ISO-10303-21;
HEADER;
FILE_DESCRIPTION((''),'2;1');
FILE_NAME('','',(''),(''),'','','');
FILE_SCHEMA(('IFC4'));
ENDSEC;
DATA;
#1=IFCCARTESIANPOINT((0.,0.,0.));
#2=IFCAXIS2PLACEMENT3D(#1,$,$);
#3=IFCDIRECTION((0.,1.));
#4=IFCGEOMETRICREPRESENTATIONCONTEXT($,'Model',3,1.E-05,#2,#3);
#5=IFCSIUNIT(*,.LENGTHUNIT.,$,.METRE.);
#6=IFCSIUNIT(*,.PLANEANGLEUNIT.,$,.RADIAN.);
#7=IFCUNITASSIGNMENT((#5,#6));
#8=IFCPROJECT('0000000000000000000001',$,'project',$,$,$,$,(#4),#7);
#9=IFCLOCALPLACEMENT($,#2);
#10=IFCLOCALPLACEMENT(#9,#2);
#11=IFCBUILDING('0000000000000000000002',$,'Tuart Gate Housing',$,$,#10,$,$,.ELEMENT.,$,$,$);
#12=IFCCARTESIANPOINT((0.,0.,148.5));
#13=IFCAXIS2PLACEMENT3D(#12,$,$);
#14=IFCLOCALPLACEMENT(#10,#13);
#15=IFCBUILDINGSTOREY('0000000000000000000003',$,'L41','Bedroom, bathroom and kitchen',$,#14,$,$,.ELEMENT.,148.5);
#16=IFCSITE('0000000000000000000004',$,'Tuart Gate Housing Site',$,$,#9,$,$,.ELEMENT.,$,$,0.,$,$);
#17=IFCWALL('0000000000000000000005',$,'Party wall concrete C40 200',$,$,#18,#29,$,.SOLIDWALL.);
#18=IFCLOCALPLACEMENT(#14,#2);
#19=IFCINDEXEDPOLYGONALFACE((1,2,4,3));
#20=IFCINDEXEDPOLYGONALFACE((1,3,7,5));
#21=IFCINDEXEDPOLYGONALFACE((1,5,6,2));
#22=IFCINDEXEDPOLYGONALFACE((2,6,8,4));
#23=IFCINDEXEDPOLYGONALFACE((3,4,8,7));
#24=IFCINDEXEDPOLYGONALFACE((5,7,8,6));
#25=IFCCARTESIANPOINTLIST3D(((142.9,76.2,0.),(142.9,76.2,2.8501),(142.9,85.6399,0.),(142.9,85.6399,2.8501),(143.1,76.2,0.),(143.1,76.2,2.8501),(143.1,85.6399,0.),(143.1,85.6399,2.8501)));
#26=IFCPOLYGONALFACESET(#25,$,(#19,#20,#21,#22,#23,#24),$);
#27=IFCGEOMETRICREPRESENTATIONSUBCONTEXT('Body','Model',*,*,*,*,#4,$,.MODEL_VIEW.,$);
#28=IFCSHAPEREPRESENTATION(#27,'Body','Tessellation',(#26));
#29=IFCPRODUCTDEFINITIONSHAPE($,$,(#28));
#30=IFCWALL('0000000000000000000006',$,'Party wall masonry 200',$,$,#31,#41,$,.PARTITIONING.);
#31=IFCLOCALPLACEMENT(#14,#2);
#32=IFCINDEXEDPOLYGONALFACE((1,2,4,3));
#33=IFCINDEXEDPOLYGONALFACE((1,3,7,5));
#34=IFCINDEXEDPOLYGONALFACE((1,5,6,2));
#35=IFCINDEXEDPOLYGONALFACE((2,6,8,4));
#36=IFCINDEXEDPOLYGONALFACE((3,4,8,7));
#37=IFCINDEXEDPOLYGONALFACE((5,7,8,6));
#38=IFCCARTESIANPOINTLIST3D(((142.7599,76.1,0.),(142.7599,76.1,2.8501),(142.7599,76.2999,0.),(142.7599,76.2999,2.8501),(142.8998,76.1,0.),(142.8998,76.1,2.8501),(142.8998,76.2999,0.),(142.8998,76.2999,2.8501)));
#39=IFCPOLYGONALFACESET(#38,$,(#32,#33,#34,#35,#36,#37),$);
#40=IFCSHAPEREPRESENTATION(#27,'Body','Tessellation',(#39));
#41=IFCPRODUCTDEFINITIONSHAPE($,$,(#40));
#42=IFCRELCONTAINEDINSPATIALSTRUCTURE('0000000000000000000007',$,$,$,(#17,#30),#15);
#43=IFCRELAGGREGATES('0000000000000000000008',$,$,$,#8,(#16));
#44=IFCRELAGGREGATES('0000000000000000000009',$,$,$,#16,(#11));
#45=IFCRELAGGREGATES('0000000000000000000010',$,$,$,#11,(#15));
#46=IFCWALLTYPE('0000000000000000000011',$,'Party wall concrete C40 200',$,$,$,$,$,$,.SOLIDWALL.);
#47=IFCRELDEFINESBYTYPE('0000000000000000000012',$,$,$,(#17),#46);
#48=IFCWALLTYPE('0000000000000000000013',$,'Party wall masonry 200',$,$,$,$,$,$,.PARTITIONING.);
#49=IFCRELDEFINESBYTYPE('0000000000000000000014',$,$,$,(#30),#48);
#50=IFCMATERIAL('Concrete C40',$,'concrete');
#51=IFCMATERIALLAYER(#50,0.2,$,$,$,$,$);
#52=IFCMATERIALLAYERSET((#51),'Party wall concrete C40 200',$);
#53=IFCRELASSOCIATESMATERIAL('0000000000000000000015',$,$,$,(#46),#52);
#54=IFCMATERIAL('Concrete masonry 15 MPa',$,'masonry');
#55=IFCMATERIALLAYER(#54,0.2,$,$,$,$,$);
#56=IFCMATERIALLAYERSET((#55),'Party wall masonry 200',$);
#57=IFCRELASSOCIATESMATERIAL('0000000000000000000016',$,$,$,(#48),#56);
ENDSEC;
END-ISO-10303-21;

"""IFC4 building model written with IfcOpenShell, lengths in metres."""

from ifc_helpers import new_model, si_unit, direction, frame, frame_2d, origin, place, context, subcontext, project, spatial, rectangle, extrude, material, layer, layer_set, type_object, element, save


model = new_model("IFC4")

# Units and contexts
model_context = context("Model", 3, precision=1e-05, world=origin(), true_north=direction((0.0, 1.0)))
body_context = subcontext(model_context, "Body", "Model", "MODEL_VIEW")
ifc_project = project(units=[si_unit("LENGTHUNIT", "METRE"), si_unit("PLANEANGLEUNIT", "RADIAN")], contexts=[model_context])

# Site, building, storey
site_placement = place(None, origin())
site = spatial("IfcSite", under=ifc_project, at=site_placement, Name="Tuart Gate Housing Site", CompositionType="ELEMENT", RefElevation=0.0)
building_placement = place(site_placement, origin())
building = spatial("IfcBuilding", under=site, at=building_placement, Name="Tuart Gate Housing", CompositionType="ELEMENT")
storey_placement = place(building_placement, frame((0.0, 0.0, 148.5)))
storey = spatial("IfcBuildingStorey", under=building, at=storey_placement, Name="L41", Description="Bedroom, bathroom and kitchen", CompositionType="ELEMENT", Elevation=148.5)

# Walls
ifc_material_1 = material(Name="Concrete C40", Category="concrete")
ifc_layer_1 = layer(ifc_material_1, 0.2)
ifc_layer_set_1 = layer_set([ifc_layer_1], Name="Party wall concrete C40 200")
wall_type_1 = type_object("IfcWallType", Name="Party wall concrete C40 200", PredefinedType="SOLIDWALL", material=ifc_layer_set_1)
wall_1_placement = place(storey_placement, frame((143.0, 76.2, 0.0), z_axis=(0.0, 0.0, 1.0), x_axis=(0.0, 1.0, 0.0)))
element("IfcWall", 1, at=wall_1_placement, inside=storey, type_object=wall_type_1, Name="Party wall concrete C40 200", PredefinedType="SOLIDWALL", context=body_context, shape_type="SweptSolid", body=[
    extrude(rectangle(XDim=9.4399, YDim=0.2, at=frame_2d((4.72, 0.0))), origin(), (0.0, 0.0, 1.0), 2.8501),
])
ifc_material_2 = material(Name="Concrete masonry 15 MPa", Category="masonry")
ifc_layer_2 = layer(ifc_material_2, 0.2)
ifc_layer_set_2 = layer_set([ifc_layer_2], Name="Party wall masonry 200")
wall_type_2 = type_object("IfcWallType", Name="Party wall masonry 200", PredefinedType="PARTITIONING", material=ifc_layer_set_2)
wall_2_placement = place(storey_placement, frame((142.76, 76.2, 0.0), z_axis=(0.0, 0.0, 1.0), x_axis=(1.0, 0.0, 0.0)))
element("IfcWall", 2, at=wall_2_placement, inside=storey, type_object=wall_type_2, Name="Party wall masonry 200", PredefinedType="PARTITIONING", context=body_context, shape_type="SweptSolid", body=[
    extrude(rectangle(XDim=0.1399, YDim=0.2, at=frame_2d((0.0698, 0.0))), origin(), (0.0, 0.0, 1.0), 2.8501),
])

save(model, "model.ifc")
